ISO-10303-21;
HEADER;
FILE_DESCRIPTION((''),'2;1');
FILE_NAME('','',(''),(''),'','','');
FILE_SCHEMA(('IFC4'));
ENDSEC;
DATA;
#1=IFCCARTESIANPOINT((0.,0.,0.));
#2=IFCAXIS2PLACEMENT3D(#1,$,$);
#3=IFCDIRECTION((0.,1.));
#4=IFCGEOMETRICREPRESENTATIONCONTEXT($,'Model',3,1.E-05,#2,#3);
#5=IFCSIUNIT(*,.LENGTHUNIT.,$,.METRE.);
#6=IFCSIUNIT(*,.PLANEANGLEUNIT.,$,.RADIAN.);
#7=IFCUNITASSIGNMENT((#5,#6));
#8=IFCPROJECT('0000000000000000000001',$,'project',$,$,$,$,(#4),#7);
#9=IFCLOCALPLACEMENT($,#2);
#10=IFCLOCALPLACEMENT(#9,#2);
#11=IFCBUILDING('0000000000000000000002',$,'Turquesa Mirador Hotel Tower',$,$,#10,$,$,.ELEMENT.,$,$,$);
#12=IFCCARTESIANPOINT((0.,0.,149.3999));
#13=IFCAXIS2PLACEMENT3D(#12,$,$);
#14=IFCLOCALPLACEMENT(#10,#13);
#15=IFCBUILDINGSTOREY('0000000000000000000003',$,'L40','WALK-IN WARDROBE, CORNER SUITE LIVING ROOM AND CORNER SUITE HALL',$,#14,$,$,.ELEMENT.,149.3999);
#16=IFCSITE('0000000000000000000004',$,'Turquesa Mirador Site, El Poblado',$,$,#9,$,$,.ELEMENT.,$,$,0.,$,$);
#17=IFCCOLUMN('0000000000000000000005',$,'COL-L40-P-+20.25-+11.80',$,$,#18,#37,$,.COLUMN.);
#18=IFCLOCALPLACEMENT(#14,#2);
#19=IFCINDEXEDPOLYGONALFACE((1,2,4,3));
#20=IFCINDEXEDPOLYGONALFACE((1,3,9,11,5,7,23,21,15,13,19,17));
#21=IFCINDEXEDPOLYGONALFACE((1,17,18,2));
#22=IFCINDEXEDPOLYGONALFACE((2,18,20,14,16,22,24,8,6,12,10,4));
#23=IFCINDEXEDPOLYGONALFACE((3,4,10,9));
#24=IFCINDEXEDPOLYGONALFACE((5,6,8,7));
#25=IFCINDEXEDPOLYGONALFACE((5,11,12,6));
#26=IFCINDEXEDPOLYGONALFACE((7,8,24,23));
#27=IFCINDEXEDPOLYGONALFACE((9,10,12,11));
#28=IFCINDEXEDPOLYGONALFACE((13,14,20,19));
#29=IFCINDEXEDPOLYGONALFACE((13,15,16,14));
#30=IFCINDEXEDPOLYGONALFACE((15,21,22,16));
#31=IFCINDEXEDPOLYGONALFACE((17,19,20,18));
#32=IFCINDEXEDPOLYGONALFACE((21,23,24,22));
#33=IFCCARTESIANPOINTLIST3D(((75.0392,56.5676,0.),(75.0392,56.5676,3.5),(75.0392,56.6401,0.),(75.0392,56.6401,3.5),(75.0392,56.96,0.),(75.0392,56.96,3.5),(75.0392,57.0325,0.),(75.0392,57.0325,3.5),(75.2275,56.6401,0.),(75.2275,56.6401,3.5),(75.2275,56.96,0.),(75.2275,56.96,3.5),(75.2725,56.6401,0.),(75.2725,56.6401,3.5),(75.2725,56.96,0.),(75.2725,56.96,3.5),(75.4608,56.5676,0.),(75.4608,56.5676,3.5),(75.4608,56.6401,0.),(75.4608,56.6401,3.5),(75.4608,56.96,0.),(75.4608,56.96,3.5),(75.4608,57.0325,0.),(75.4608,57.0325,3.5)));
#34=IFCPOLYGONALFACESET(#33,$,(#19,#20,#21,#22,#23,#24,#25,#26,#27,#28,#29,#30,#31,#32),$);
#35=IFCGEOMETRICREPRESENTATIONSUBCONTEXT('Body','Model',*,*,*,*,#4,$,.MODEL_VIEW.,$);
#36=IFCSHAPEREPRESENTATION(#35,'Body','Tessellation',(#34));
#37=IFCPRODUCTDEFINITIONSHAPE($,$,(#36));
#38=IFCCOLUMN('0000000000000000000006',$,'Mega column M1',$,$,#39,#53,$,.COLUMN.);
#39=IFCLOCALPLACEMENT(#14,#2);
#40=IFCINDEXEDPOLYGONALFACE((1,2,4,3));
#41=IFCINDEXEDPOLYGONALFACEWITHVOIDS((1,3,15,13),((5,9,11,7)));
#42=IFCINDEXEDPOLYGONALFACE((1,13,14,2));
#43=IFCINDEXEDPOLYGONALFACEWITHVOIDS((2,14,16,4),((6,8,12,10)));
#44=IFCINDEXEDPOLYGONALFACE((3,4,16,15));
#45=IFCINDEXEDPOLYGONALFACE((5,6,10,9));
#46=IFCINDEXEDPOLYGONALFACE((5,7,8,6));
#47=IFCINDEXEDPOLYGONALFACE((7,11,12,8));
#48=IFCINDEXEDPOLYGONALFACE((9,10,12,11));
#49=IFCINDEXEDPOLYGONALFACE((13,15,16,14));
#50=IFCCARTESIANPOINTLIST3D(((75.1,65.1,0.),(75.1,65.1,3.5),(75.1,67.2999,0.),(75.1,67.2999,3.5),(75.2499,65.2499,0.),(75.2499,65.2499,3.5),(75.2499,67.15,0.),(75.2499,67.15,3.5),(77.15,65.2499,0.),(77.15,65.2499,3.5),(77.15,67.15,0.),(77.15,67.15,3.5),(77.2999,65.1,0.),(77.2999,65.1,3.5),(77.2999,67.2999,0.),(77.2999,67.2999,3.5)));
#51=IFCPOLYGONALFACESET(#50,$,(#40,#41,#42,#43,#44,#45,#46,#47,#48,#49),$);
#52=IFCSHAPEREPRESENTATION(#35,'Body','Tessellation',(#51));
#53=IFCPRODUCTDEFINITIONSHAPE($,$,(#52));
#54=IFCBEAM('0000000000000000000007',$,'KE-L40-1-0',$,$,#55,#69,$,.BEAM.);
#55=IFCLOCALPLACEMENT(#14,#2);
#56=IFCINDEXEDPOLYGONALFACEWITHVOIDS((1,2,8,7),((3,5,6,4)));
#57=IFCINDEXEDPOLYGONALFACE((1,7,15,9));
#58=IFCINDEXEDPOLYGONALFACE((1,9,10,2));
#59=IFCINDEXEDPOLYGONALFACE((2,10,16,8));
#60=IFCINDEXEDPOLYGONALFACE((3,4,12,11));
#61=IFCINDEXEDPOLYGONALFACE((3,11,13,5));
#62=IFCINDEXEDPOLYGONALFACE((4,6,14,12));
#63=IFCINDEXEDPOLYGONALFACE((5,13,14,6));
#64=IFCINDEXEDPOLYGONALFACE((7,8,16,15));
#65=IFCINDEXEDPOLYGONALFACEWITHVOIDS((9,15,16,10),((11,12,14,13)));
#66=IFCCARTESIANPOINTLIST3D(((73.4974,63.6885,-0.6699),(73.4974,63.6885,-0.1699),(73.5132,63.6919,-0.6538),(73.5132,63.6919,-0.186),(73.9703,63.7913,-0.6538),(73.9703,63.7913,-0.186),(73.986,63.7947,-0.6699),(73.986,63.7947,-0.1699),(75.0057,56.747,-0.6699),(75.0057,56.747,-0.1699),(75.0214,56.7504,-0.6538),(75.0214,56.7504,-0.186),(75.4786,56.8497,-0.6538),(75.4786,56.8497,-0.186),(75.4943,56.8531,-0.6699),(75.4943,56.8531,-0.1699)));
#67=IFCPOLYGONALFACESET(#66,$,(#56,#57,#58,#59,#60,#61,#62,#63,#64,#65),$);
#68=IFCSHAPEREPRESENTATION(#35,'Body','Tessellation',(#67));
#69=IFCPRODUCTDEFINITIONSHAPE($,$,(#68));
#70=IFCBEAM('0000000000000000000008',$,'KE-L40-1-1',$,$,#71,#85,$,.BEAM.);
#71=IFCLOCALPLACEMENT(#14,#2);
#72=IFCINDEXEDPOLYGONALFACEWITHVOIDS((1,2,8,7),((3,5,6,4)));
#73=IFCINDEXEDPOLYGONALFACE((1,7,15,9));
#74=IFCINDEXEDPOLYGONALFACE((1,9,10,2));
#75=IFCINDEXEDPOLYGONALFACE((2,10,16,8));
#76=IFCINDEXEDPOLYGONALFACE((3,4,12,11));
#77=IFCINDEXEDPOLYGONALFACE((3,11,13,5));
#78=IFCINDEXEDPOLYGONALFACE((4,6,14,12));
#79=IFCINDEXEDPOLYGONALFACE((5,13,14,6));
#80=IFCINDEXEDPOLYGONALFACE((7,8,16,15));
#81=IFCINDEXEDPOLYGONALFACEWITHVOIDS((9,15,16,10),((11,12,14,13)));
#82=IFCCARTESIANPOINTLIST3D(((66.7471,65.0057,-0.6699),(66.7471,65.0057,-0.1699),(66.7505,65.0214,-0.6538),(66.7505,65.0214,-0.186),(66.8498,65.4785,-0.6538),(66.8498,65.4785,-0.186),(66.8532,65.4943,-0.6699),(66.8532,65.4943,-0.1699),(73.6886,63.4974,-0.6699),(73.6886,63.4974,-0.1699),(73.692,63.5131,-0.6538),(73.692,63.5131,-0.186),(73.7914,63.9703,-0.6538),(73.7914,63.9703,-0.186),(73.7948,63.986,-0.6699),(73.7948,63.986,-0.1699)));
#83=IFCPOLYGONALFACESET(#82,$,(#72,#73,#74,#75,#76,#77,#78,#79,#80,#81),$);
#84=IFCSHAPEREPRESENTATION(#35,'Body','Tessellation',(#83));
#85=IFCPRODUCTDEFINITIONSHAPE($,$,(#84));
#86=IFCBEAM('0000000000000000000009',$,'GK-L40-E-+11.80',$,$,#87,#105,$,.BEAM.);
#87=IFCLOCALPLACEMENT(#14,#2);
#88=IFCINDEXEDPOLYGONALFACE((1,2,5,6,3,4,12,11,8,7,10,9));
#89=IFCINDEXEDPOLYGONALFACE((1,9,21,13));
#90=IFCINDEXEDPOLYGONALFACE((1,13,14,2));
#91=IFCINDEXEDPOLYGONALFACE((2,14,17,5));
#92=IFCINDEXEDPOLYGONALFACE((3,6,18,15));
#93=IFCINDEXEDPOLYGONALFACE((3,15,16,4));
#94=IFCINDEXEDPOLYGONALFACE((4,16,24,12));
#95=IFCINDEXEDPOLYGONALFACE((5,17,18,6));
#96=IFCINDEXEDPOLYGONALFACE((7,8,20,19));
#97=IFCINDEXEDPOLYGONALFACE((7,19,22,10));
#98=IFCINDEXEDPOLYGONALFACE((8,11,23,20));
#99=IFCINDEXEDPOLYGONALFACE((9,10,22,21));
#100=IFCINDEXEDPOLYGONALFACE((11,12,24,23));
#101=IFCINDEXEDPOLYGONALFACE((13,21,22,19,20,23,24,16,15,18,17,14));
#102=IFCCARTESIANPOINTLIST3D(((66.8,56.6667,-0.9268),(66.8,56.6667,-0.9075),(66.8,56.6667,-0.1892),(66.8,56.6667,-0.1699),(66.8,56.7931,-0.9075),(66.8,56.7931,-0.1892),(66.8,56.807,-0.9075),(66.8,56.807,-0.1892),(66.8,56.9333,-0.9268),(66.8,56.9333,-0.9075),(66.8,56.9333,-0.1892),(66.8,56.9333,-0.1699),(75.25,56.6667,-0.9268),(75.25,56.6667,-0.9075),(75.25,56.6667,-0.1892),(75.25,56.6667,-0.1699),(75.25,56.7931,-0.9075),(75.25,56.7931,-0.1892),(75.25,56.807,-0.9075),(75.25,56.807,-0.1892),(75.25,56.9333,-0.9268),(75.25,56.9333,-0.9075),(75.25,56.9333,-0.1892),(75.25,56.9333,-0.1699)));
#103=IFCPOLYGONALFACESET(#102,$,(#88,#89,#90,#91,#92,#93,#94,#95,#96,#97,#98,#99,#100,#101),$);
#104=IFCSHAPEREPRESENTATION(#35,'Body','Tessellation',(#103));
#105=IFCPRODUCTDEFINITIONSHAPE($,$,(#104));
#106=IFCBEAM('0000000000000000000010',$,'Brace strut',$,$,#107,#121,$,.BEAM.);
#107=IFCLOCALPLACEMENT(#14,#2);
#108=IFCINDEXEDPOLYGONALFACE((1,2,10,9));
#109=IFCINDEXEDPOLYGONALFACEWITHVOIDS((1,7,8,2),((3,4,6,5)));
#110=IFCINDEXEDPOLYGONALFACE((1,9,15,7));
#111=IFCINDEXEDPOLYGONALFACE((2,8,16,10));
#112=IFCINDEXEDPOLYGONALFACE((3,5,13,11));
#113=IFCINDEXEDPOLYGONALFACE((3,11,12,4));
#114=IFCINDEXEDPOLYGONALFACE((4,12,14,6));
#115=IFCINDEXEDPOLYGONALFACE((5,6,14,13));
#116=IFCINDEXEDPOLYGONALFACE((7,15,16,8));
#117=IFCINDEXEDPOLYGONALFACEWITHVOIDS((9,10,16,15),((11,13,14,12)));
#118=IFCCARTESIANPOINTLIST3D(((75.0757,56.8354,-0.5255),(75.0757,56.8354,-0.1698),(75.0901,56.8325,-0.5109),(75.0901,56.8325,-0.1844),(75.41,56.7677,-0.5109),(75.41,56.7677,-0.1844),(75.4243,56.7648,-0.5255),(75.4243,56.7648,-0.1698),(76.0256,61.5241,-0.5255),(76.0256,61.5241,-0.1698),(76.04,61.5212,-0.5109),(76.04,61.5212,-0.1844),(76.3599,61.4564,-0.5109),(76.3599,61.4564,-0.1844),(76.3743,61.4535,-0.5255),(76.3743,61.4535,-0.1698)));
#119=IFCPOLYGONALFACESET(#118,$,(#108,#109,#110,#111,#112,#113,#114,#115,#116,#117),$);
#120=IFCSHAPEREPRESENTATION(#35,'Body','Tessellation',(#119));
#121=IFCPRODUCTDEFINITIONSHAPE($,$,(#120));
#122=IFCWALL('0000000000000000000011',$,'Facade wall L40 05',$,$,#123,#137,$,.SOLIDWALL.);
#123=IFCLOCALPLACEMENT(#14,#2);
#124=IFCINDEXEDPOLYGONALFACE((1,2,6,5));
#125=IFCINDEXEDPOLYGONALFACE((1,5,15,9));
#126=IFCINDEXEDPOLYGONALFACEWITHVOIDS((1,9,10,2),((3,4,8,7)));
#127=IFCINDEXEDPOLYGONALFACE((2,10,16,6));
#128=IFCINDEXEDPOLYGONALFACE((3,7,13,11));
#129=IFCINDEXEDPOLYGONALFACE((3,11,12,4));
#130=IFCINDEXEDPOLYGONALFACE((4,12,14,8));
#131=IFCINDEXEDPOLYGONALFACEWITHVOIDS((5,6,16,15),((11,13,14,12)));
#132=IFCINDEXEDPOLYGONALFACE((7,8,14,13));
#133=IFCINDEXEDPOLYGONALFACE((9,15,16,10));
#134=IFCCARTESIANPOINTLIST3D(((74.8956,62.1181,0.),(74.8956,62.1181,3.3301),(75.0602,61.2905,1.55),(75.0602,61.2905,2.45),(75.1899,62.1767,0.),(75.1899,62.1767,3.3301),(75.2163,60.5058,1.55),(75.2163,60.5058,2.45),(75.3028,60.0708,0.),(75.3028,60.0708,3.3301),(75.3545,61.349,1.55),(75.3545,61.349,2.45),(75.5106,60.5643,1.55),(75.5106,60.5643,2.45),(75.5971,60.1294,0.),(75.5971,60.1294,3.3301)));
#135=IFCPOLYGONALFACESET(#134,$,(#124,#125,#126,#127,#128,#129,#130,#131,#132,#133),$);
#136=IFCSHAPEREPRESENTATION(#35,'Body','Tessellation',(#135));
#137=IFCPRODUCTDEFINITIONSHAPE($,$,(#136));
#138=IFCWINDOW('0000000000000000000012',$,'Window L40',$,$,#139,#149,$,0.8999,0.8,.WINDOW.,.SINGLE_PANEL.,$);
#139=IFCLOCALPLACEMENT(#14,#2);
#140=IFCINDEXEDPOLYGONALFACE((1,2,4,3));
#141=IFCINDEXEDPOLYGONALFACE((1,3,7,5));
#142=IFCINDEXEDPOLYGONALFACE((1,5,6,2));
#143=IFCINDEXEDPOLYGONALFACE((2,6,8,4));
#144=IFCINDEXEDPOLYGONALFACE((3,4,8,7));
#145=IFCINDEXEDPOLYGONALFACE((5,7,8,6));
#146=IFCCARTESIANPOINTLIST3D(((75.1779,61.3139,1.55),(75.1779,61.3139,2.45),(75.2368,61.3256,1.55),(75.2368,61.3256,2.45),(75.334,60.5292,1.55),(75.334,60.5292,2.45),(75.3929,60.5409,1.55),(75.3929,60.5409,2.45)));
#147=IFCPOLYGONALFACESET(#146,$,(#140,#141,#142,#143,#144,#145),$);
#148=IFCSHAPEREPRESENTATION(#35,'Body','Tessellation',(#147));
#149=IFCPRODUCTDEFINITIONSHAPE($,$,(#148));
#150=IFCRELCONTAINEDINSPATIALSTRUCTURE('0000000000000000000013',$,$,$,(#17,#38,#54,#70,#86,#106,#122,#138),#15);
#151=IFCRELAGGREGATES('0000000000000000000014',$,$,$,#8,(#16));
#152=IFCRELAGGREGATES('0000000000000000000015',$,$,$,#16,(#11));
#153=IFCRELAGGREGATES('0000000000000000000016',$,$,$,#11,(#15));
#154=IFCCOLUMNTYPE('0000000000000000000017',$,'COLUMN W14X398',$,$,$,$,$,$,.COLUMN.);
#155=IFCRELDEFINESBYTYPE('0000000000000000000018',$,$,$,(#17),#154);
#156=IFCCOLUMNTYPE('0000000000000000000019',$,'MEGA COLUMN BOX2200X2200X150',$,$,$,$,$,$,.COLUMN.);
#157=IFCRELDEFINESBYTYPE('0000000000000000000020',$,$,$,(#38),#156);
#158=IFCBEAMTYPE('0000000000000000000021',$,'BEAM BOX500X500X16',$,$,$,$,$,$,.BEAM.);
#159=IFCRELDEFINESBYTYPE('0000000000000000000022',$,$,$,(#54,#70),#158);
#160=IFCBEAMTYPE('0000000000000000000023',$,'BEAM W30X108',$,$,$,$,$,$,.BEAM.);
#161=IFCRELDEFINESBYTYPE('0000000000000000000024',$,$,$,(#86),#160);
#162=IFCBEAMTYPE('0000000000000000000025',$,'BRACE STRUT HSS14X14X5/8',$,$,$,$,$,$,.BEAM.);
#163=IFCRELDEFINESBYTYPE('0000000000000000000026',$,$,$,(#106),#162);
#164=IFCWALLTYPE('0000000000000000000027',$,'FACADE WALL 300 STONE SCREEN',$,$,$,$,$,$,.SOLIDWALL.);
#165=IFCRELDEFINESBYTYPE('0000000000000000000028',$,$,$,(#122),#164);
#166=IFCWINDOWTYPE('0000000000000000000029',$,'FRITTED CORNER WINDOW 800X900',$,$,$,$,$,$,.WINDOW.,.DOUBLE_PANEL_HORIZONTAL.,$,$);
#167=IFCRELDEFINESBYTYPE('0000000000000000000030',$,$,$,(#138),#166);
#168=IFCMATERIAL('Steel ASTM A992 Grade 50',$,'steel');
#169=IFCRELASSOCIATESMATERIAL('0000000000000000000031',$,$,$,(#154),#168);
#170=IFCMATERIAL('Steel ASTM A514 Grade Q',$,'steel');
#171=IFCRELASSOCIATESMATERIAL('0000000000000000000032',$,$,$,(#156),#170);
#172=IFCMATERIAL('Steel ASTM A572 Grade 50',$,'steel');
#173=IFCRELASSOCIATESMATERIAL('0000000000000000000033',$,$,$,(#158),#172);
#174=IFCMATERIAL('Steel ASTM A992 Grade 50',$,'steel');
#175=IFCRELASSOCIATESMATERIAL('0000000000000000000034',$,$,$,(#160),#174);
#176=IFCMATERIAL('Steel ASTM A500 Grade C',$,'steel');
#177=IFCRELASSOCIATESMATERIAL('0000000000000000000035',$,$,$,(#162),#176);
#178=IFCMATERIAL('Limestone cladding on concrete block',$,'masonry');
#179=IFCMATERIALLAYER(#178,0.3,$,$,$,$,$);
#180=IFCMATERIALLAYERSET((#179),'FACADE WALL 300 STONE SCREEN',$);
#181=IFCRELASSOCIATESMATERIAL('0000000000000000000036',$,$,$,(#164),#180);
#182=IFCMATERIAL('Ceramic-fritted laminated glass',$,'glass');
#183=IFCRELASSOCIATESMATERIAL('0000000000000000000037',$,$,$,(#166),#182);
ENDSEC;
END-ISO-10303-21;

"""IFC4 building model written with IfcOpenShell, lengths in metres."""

from ifc_helpers import new_model, si_unit, direction, frame, frame_2d, origin, origin_2d, place, context, subcontext, project, spatial, rectangle, hollow_rectangle, i_section, extrude, material, layer, layer_set, material_profile, profile_set, type_object, element, fill, save


model = new_model("IFC4")

# Units and contexts
model_context = context("Model", 3, precision=1e-05, world=origin(), true_north=direction((0.0, 1.0)))
body_context = subcontext(model_context, "Body", "Model", "MODEL_VIEW")
ifc_project = project(units=[si_unit("LENGTHUNIT", "METRE"), si_unit("PLANEANGLEUNIT", "RADIAN")], contexts=[model_context])

# Site, building, storey
site_placement = place(None, origin())
site = spatial("IfcSite", under=ifc_project, at=site_placement, Name="Turquesa Mirador Site, El Poblado", CompositionType="ELEMENT", RefElevation=0.0)
building_placement = place(site_placement, origin())
building = spatial("IfcBuilding", under=site, at=building_placement, Name="Turquesa Mirador Hotel Tower", CompositionType="ELEMENT")
storey_placement = place(building_placement, frame((0.0, 0.0, 149.3999)))
storey = spatial("IfcBuildingStorey", under=building, at=storey_placement, Name="L40", Description="WALK-IN WARDROBE, CORNER SUITE LIVING ROOM AND CORNER SUITE HALL", CompositionType="ELEMENT", Elevation=149.3999)

# Columns
ifc_material_1 = material(Name="Steel ASTM A992 Grade 50", Category="steel")
ifc_material_profile_1 = material_profile(ifc_material_1, i_section(OverallWidth=0.4216, OverallDepth=0.4648, WebThickness=0.0449, FlangeThickness=0.0725, at=origin_2d()), Name="W14X398")
ifc_profile_set_1 = profile_set([ifc_material_profile_1], Name="Steel ASTM A992 Grade 50")
column_type_1 = type_object("IfcColumnType", Name="COLUMN W14X398", PredefinedType="COLUMN", material=ifc_profile_set_1)
column_1_placement = place(storey_placement, frame((75.25, 56.8, 0.0), z_axis=(0.0, 0.0, 1.0), x_axis=(1.0, 0.0, 0.0)))
element("IfcColumn", 1, at=column_1_placement, inside=storey, type_object=column_type_1, Name="COL-L40-P-+20.25-+11.80", PredefinedType="COLUMN", context=body_context, shape_type="SweptSolid", body=[
    extrude(i_section(OverallWidth=0.4216, OverallDepth=0.4648, WebThickness=0.0449, FlangeThickness=0.0725, at=origin_2d()), origin(), (0.0, 0.0, 1.0), 3.5),
])
ifc_material_2 = material(Name="Steel ASTM A514 Grade Q", Category="steel")
ifc_material_profile_2 = material_profile(ifc_material_2, hollow_rectangle(XDim=2.2, YDim=2.2, WallThickness=0.1499, at=origin_2d()), Name="BOX2200X2200X150")
ifc_profile_set_2 = profile_set([ifc_material_profile_2], Name="Steel ASTM A514 Grade Q")
column_type_2 = type_object("IfcColumnType", Name="MEGA COLUMN BOX2200X2200X150", PredefinedType="COLUMN", material=ifc_profile_set_2)
column_2_placement = place(storey_placement, frame((76.2, 66.2, 0.0), z_axis=(0.0, 0.0, 1.0), x_axis=(1.0, 0.0, 0.0)))
element("IfcColumn", 2, at=column_2_placement, inside=storey, type_object=column_type_2, Name="Mega column M1", PredefinedType="COLUMN", context=body_context, shape_type="SweptSolid", body=[
    extrude(hollow_rectangle(XDim=2.2, YDim=2.2, WallThickness=0.1499, at=origin_2d()), origin(), (0.0, 0.0, 1.0), 3.5),
])

# Beams
ifc_material_3 = material(Name="Steel ASTM A572 Grade 50", Category="steel")
ifc_material_profile_3 = material_profile(ifc_material_3, hollow_rectangle(XDim=0.5, YDim=0.5, WallThickness=0.0161, at=origin_2d()), Name="BOX500X500X16")
ifc_profile_set_3 = profile_set([ifc_material_profile_3], Name="Steel ASTM A572 Grade 50")
beam_type_1 = type_object("IfcBeamType", Name="BEAM BOX500X500X16", PredefinedType="BEAM", material=ifc_profile_set_3)
for number, where, z_axis, x_axis, name in (
    (3, (75.25, 56.8, -0.4199), (-0.212328, 0.977198, 0.0), (-0.977198, -0.212328, 0.0), "KE-L40-1-0"),
    (4, (73.7417, 63.7417, -0.4199), (-0.977198, 0.212328, 0.0), (-0.212328, -0.977198, 0.0), "KE-L40-1-1"),
):
    element("IfcBeam", number, at=place(storey_placement, frame(where, z_axis=z_axis, x_axis=x_axis)), inside=storey, type_object=beam_type_1, Name=name, PredefinedType="BEAM", context=body_context, shape_type="SweptSolid", body=[
        extrude(hollow_rectangle(XDim=0.5, YDim=0.5, WallThickness=0.0161, at=origin_2d()), origin(), (0.0, 0.0, 1.0), 7.1035),
    ])
ifc_material_4 = material(Name="Steel ASTM A992 Grade 50", Category="steel")
ifc_material_profile_4 = material_profile(ifc_material_4, i_section(OverallWidth=0.2666, OverallDepth=0.7568, WebThickness=0.0139, FlangeThickness=0.0193, at=origin_2d()), Name="W30X108")
ifc_profile_set_4 = profile_set([ifc_material_profile_4], Name="Steel ASTM A992 Grade 50")
beam_type_2 = type_object("IfcBeamType", Name="BEAM W30X108", PredefinedType="BEAM", material=ifc_profile_set_4)
beam_1_placement = place(storey_placement, frame((75.25, 56.8, -0.5483), z_axis=(-1.0, 0.0, 0.0), x_axis=(0.0, -1.0, 0.0)))
element("IfcBeam", 5, at=beam_1_placement, inside=storey, type_object=beam_type_2, Name="GK-L40-E-+11.80", PredefinedType="BEAM", context=body_context, shape_type="SweptSolid", body=[
    extrude(i_section(OverallWidth=0.2666, OverallDepth=0.7568, WebThickness=0.0139, FlangeThickness=0.0193, at=origin_2d()), origin(), (0.0, 0.0, 1.0), 8.45),
])
ifc_material_5 = material(Name="Steel ASTM A500 Grade C", Category="steel")
ifc_material_profile_5 = material_profile(ifc_material_5, hollow_rectangle(XDim=0.3557, YDim=0.3557, WallThickness=0.0146, at=origin_2d()), Name="HSS14X14X5/8")
ifc_profile_set_5 = profile_set([ifc_material_profile_5], Name="Steel ASTM A500 Grade C")
beam_type_3 = type_object("IfcBeamType", Name="BRACE STRUT HSS14X14X5/8", PredefinedType="BEAM", material=ifc_profile_set_5)
beam_2_placement = place(storey_placement, frame((76.2, 61.4888, -0.3477), z_axis=(-0.198569, -0.980087, 0.0), x_axis=(0.980087, -0.198569, 0.0)))
element("IfcBeam", 6, at=beam_2_placement, inside=storey, type_object=beam_type_3, Name="Brace strut", PredefinedType="BEAM", context=body_context, shape_type="SweptSolid", body=[
    extrude(hollow_rectangle(XDim=0.3557, YDim=0.3557, WallThickness=0.0146, at=origin_2d()), origin(), (0.0, 0.0, 1.0), 4.7839),
])

# Wall, opening, window
ifc_material_6 = material(Name="Limestone cladding on concrete block", Category="masonry")
ifc_layer = layer(ifc_material_6, 0.3)
ifc_layer_set = layer_set([ifc_layer], Name="FACADE WALL 300 STONE SCREEN")
wall_type = type_object("IfcWallType", Name="FACADE WALL 300 STONE SCREEN", PredefinedType="SOLIDWALL", material=ifc_layer_set)
wall_1_placement = place(storey_placement, frame((75.45, 60.1001, 0.0), z_axis=(0.0, 0.0, 1.0), x_axis=(-0.195081, 0.980787, 0.0)))
wall_1 = element("IfcWall", 7, at=wall_1_placement, inside=storey, type_object=wall_type, Name="Facade wall L40 05", PredefinedType="SOLIDWALL", context=body_context, shape_type="SweptSolid", body=[
    extrude(rectangle(XDim=2.0874, YDim=0.3, at=frame_2d((1.0437, 0.0))), origin(), (0.0, 0.0, 1.0), 3.3301),
])
opening_1_placement = place(wall_1_placement, frame((0.4436, 0.0, 1.55)))
opening_1 = element("IfcOpeningElement", 8, at=opening_1_placement, cuts=wall_1, PredefinedType="OPENING", context=body_context, shape_type="SweptSolid", body=[
    extrude(rectangle(XDim=0.8, YDim=0.8999, at=frame_2d((0.3999, 0.45))), frame((0.0, 0.1599, 0.0), z_axis=(0.0, -1.0, 0.0), x_axis=(1.0, 0.0, 0.0)), (0.0, 0.0, 1.0), 0.3201),
])
ifc_material_7 = material(Name="Ceramic-fritted laminated glass", Category="glass")
window_type_1 = type_object("IfcWindowType", Name="FRITTED CORNER WINDOW 800X900", PartitioningType="DOUBLE_PANEL_HORIZONTAL", PredefinedType="WINDOW", material=ifc_material_7)
window_1_placement = place(opening_1_placement, origin())
window_1 = element("IfcWindow", 9, at=window_1_placement, inside=storey, type_object=window_type_1, Name="Window L40", OverallHeight=0.8999, OverallWidth=0.8, PartitioningType="SINGLE_PANEL", PredefinedType="WINDOW", context=body_context, shape_type="SweptSolid", body=[
    extrude(rectangle(XDim=0.8, YDim=0.8999, at=frame_2d((0.3999, 0.45))), frame((0.0, 0.03, 0.0), z_axis=(0.0, -1.0, 0.0), x_axis=(1.0, 0.0, 0.0)), (0.0, 0.0, 1.0), 0.0601),
])
fill(opening_1, window_1)

save(model, "model.ifc")
